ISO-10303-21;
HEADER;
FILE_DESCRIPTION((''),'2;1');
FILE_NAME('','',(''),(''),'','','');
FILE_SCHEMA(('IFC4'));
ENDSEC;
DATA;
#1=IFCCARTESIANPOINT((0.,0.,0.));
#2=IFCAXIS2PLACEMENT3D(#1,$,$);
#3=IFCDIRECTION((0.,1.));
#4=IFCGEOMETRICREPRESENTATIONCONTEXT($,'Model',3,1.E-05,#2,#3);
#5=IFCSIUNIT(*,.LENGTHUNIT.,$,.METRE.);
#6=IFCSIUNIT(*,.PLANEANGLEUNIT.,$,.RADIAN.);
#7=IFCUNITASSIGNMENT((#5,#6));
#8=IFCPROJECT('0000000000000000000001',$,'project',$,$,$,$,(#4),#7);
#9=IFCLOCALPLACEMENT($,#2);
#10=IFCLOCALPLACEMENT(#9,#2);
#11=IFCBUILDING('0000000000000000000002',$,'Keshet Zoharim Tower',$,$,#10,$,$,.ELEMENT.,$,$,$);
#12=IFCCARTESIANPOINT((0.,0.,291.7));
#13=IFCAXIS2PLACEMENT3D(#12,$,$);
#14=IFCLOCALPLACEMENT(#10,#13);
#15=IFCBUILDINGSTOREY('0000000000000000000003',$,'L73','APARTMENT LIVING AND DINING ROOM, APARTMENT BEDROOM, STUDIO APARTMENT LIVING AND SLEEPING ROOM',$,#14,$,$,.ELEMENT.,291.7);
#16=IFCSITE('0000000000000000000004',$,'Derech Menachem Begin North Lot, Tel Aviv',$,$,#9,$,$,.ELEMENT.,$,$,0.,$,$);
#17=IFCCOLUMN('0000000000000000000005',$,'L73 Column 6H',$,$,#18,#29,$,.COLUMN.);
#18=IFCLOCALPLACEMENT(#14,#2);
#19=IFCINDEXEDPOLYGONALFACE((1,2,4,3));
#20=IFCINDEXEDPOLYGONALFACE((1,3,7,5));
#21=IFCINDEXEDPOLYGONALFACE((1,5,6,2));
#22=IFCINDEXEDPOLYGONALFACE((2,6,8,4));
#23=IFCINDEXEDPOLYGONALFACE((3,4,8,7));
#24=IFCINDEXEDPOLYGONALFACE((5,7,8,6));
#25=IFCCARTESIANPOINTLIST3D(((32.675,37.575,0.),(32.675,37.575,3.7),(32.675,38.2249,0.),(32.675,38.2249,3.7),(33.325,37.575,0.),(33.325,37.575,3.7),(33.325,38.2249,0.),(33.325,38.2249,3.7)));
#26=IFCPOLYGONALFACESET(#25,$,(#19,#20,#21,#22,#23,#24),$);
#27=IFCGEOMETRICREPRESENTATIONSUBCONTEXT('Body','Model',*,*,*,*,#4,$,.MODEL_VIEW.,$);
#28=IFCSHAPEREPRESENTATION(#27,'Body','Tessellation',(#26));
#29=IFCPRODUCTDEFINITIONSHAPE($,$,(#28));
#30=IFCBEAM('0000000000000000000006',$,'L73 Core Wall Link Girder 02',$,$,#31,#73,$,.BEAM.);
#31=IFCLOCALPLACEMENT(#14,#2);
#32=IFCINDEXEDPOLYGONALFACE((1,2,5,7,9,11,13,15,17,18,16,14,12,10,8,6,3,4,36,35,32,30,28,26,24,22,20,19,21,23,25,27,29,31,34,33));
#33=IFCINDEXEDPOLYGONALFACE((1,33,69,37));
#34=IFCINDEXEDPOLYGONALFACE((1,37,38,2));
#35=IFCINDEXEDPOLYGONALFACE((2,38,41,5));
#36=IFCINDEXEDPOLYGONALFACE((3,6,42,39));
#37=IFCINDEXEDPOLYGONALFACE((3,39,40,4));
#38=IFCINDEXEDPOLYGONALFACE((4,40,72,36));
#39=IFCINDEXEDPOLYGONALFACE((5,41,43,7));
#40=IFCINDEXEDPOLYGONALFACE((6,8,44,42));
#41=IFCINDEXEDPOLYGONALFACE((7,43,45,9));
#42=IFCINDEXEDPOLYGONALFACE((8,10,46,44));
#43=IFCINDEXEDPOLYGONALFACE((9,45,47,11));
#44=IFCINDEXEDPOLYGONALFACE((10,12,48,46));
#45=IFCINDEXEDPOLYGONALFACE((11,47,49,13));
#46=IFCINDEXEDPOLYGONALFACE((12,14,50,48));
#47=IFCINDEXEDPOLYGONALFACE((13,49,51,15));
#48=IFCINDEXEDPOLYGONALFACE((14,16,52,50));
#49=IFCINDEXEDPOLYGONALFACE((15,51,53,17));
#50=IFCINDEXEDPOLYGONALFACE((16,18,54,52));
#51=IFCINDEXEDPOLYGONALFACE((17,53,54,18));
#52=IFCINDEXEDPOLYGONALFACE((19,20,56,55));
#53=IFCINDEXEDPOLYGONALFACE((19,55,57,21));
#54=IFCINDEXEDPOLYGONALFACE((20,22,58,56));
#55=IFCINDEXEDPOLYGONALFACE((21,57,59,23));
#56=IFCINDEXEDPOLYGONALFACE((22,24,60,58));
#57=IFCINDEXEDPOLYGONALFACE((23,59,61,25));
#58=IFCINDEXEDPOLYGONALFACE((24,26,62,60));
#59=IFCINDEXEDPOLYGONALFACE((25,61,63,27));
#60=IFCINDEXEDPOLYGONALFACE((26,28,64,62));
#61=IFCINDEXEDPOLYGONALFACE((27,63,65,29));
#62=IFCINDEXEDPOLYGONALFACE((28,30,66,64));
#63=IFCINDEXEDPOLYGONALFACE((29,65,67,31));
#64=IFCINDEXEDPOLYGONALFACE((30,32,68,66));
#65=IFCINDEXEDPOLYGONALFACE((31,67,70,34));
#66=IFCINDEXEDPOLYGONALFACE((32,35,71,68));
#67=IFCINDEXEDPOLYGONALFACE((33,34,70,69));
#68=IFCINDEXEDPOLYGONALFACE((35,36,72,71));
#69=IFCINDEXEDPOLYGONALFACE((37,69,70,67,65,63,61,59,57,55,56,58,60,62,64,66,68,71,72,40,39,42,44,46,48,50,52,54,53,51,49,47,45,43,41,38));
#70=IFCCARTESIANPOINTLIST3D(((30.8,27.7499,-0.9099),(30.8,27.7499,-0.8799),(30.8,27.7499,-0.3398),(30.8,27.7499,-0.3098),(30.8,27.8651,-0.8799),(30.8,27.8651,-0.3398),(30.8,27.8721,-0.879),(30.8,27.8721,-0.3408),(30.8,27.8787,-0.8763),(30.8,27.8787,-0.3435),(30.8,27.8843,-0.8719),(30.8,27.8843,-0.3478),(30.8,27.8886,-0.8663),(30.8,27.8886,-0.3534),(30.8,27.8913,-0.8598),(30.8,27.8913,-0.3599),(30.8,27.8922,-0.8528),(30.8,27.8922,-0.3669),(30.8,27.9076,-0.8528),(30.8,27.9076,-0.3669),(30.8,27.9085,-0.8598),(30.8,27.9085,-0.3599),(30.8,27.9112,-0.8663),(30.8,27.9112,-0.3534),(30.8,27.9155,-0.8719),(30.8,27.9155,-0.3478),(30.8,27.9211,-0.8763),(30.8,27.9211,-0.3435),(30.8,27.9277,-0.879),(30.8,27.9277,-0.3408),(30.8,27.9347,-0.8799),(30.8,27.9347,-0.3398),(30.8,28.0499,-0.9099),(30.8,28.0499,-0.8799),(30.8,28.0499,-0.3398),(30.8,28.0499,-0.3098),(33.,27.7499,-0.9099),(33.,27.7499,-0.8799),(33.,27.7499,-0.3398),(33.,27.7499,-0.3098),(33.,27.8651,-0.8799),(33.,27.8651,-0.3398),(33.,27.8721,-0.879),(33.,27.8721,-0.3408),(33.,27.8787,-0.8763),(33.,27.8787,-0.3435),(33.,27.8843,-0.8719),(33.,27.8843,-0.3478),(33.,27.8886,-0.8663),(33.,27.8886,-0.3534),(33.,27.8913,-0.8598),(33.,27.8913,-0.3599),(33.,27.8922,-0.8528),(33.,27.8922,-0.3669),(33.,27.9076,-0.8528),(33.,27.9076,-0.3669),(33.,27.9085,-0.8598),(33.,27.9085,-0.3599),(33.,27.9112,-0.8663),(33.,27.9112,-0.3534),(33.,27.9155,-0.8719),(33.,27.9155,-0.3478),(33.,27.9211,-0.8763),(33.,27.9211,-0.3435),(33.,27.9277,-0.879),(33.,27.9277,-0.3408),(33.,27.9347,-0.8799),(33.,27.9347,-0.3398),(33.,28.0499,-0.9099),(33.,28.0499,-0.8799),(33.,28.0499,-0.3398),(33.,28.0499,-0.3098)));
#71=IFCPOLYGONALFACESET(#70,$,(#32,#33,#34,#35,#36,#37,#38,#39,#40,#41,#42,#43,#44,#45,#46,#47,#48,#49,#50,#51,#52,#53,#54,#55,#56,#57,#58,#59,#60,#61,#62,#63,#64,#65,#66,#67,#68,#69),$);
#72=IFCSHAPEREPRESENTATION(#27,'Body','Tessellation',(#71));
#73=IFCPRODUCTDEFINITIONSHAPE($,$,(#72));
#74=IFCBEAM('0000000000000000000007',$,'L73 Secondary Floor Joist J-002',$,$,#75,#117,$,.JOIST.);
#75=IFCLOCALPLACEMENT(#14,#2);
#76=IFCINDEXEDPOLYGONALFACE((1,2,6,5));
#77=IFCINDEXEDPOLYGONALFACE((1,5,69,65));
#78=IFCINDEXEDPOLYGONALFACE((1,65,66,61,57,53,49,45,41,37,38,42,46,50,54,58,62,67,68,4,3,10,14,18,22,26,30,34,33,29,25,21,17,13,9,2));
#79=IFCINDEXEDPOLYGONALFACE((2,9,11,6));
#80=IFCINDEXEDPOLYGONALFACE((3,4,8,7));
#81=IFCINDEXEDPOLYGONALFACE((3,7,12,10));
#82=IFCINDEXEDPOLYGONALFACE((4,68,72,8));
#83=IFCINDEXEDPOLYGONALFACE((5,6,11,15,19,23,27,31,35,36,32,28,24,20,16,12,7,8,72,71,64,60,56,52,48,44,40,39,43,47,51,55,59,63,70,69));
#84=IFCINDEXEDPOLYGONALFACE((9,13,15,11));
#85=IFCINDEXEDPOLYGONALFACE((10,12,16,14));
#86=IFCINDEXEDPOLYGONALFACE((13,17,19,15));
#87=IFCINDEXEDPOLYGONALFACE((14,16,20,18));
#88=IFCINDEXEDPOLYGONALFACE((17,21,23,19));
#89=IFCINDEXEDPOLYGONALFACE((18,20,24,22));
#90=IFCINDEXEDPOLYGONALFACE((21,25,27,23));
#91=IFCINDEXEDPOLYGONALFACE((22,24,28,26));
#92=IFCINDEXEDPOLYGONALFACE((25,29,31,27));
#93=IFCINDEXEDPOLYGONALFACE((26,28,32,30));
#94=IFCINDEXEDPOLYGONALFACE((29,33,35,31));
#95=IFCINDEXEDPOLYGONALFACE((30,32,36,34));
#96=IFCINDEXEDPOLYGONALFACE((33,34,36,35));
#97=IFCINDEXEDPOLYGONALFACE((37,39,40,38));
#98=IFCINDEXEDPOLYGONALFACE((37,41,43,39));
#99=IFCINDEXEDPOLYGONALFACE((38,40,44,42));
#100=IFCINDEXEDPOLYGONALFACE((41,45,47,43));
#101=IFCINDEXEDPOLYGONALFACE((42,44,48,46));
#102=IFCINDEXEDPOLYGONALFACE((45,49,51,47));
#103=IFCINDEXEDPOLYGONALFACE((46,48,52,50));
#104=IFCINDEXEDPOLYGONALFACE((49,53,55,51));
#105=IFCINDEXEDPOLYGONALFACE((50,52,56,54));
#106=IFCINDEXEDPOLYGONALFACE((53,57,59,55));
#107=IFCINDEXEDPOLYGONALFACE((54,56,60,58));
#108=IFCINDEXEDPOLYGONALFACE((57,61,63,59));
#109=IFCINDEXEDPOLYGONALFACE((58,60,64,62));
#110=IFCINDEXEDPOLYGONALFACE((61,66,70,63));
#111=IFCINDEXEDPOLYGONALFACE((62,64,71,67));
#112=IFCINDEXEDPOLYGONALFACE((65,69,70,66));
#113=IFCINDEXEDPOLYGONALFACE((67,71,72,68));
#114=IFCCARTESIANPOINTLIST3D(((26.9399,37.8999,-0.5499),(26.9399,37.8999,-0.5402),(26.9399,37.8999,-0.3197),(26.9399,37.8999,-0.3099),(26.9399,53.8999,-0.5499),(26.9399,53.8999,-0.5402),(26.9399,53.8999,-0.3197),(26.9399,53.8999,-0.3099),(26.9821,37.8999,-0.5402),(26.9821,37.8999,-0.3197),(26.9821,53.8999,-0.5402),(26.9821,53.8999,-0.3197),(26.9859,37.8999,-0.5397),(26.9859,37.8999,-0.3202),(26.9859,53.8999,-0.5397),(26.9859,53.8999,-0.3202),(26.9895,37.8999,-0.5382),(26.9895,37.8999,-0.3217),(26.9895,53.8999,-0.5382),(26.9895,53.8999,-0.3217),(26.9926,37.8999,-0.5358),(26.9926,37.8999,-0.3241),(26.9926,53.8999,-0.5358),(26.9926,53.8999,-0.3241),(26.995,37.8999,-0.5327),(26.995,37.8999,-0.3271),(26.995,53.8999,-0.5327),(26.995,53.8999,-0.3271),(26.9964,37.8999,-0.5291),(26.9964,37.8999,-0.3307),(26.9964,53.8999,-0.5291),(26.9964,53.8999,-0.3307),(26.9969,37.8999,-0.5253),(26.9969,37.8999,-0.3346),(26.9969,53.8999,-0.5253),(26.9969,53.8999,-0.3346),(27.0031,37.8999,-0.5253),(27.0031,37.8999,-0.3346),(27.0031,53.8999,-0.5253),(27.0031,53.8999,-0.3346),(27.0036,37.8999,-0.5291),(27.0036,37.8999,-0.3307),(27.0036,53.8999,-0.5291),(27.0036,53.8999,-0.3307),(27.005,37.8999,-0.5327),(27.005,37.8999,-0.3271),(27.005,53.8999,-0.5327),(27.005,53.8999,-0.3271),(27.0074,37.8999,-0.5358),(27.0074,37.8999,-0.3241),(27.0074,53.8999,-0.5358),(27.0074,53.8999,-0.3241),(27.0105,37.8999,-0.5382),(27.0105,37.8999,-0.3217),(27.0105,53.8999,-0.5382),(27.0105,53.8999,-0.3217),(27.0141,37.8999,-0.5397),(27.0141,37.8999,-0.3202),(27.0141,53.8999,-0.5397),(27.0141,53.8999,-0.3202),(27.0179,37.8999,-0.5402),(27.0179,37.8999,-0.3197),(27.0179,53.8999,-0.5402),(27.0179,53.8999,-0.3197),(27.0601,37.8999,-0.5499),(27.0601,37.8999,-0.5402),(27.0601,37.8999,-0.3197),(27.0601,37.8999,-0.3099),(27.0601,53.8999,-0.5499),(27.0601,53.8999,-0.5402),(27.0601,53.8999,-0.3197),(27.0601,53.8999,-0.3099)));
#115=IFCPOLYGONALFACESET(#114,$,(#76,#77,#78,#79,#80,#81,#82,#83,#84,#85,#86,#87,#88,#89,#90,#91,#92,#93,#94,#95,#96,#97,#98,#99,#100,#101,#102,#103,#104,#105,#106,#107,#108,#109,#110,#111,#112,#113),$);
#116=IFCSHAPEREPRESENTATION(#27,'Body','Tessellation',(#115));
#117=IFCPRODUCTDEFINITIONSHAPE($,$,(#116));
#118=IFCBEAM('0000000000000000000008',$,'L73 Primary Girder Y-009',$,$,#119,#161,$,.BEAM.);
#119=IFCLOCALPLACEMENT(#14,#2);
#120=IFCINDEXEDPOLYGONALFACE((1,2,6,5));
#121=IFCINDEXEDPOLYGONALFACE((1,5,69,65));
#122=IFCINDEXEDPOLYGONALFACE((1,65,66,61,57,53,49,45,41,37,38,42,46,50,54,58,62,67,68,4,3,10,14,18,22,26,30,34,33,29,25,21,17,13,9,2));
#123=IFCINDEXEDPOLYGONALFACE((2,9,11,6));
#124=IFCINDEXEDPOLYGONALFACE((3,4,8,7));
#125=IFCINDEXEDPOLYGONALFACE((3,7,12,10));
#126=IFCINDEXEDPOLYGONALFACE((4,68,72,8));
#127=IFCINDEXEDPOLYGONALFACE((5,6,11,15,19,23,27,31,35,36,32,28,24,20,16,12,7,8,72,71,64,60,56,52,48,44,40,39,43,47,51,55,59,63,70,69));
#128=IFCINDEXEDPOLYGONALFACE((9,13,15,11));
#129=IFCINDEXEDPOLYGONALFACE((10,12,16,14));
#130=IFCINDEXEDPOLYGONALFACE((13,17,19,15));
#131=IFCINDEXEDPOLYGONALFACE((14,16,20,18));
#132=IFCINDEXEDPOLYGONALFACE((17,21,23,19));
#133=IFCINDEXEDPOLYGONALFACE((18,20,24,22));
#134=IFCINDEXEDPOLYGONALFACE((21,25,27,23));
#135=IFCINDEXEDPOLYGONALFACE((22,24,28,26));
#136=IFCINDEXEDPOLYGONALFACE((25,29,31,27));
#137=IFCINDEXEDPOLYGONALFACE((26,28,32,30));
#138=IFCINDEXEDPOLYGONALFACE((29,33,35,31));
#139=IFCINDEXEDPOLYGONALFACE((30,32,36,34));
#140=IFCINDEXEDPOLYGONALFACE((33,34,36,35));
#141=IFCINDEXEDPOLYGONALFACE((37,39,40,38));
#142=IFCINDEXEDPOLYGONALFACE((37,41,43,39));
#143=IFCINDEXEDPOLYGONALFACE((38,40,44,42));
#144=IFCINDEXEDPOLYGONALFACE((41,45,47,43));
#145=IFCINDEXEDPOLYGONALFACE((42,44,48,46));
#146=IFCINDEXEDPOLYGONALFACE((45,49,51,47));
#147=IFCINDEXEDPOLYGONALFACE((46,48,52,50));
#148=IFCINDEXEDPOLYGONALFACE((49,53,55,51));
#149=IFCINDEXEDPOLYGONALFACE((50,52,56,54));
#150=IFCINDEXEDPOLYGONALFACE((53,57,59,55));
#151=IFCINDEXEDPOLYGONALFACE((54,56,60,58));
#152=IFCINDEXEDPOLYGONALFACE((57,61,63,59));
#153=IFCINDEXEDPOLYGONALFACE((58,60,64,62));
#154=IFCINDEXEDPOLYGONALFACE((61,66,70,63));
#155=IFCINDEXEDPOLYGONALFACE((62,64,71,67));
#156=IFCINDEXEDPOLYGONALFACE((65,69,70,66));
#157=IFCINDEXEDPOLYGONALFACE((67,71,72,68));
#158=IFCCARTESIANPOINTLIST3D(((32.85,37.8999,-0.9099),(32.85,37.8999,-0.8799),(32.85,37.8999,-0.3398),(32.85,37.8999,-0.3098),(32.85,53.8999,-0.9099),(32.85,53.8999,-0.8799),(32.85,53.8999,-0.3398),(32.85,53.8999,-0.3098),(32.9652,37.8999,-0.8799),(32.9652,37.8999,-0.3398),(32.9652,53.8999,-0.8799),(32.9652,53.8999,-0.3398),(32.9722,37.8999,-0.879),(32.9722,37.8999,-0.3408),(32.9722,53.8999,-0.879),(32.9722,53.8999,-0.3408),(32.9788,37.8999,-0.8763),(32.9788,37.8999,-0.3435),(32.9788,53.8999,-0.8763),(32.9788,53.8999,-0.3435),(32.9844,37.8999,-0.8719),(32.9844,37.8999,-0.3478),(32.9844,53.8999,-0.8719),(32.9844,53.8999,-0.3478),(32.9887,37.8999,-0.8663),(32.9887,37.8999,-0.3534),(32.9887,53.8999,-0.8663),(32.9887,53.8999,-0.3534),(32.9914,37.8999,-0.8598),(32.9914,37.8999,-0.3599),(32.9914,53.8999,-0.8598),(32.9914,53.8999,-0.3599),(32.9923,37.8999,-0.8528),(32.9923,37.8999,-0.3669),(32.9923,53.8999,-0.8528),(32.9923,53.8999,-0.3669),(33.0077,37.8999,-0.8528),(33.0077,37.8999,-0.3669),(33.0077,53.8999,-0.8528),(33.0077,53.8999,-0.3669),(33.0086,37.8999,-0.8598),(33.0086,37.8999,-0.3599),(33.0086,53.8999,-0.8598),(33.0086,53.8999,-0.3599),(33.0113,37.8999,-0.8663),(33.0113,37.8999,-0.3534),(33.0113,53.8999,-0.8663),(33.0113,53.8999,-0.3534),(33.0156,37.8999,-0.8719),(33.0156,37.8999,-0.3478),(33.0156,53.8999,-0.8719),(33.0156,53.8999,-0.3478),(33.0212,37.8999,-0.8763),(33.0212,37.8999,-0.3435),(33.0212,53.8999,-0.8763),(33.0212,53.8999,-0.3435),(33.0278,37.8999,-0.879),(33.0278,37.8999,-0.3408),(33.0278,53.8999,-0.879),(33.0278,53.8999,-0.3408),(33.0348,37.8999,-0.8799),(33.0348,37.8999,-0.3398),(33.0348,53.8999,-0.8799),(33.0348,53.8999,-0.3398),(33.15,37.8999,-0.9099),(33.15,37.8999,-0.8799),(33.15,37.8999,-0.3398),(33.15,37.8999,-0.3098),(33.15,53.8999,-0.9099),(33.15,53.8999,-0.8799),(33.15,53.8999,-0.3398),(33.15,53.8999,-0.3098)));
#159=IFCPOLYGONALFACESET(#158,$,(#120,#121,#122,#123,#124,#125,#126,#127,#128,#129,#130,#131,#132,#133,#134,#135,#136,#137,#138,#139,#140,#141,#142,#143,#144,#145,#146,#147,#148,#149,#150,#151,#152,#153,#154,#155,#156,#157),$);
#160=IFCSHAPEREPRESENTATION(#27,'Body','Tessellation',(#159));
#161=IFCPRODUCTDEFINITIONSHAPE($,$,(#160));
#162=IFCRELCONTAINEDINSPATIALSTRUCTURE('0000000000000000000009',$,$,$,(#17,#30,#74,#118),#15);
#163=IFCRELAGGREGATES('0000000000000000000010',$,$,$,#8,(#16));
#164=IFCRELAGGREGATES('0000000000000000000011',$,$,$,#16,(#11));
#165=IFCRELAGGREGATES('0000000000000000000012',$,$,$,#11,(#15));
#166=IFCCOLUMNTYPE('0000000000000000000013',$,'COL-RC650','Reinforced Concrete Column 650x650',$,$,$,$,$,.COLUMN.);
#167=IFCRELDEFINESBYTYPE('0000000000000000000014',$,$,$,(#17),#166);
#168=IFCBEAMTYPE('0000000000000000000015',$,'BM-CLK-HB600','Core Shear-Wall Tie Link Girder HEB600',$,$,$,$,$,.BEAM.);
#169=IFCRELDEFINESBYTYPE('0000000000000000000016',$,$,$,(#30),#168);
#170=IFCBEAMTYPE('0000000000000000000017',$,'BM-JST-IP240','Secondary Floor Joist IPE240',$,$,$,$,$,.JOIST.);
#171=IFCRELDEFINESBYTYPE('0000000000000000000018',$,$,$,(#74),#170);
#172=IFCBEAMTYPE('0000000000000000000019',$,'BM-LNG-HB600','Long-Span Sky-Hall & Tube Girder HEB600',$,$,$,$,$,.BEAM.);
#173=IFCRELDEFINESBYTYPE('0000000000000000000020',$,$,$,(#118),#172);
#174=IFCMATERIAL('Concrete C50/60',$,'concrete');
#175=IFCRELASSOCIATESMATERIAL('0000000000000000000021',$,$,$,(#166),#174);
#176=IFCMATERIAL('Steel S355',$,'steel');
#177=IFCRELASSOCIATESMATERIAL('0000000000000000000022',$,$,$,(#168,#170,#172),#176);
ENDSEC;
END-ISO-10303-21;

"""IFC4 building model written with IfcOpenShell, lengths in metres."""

from ifc_helpers import new_model, si_unit, direction, frame, origin, origin_2d, place, context, subcontext, project, spatial, rectangle, i_section, extrude, material, material_profile, profile_set, type_object, element, save


model = new_model("IFC4")

# Units and contexts
model_context = context("Model", 3, precision=1e-05, world=origin(), true_north=direction((0.0, 1.0)))
body_context = subcontext(model_context, "Body", "Model", "MODEL_VIEW")
ifc_project = project(units=[si_unit("LENGTHUNIT", "METRE"), si_unit("PLANEANGLEUNIT", "RADIAN")], contexts=[model_context])

# Site, building, storey
site_placement = place(None, origin())
site = spatial("IfcSite", under=ifc_project, at=site_placement, Name="Derech Menachem Begin North Lot, Tel Aviv", CompositionType="ELEMENT", RefElevation=0.0)
building_placement = place(site_placement, origin())
building = spatial("IfcBuilding", under=site, at=building_placement, Name="Keshet Zoharim Tower", CompositionType="ELEMENT")
storey_placement = place(building_placement, frame((0.0, 0.0, 291.7)))
storey = spatial("IfcBuildingStorey", under=building, at=storey_placement, Name="L73", Description="APARTMENT LIVING AND DINING ROOM, APARTMENT BEDROOM, STUDIO APARTMENT LIVING AND SLEEPING ROOM", CompositionType="ELEMENT", Elevation=291.7)

# Column
ifc_material_1 = material(Name="Concrete C50/60", Category="concrete")
ifc_material_profile_1 = material_profile(ifc_material_1, rectangle(XDim=0.6499, YDim=0.6499, at=origin_2d()), Name="RC650x650")
ifc_profile_set_1 = profile_set([ifc_material_profile_1], Name="Concrete C50/60")
column_type = type_object("IfcColumnType", Name="COL-RC650", Description="Reinforced Concrete Column 650x650", PredefinedType="COLUMN", material=ifc_profile_set_1)
column_placement = place(storey_placement, frame((33.0, 37.8999, 0.0), z_axis=(0.0, 0.0, 1.0), x_axis=(1.0, 0.0, 0.0)))
element("IfcColumn", 1, at=column_placement, inside=storey, type_object=column_type, Name="L73 Column 6H", PredefinedType="COLUMN", context=body_context, shape_type="SweptSolid", body=[
    extrude(rectangle(XDim=0.6499, YDim=0.6499, at=origin_2d()), origin(), (0.0, 0.0, 1.0), 3.7),
])

# Beams
ifc_material_2 = material(Name="Steel S355", Category="steel")
ifc_material_profile_2 = material_profile(ifc_material_2, i_section(OverallWidth=0.3, OverallDepth=0.6001, WebThickness=0.0154, FlangeThickness=0.03, FilletRadius=0.0271, at=origin_2d()), Name="HEB600")
ifc_profile_set_2 = profile_set([ifc_material_profile_2], Name="Steel S355")
beam_type_1 = type_object("IfcBeamType", Name="BM-CLK-HB600", Description="Core Shear-Wall Tie Link Girder HEB600", PredefinedType="BEAM", material=ifc_profile_set_2)
beam_1_placement = place(storey_placement, frame((30.8, 27.8999, -0.6099), z_axis=(1.0, 0.0, 0.0), x_axis=(0.0, 1.0, 0.0)))
element("IfcBeam", 2, at=beam_1_placement, inside=storey, type_object=beam_type_1, Name="L73 Core Wall Link Girder 02", PredefinedType="BEAM", context=body_context, shape_type="SweptSolid", body=[
    extrude(i_section(OverallWidth=0.3, OverallDepth=0.6001, WebThickness=0.0154, FlangeThickness=0.03, FilletRadius=0.0271, at=origin_2d()), origin(), (0.0, 0.0, 1.0), 2.2),
])
ifc_material_profile_3 = material_profile(ifc_material_2, i_section(OverallWidth=0.1201, OverallDepth=0.24, WebThickness=0.0061, FlangeThickness=0.0098, FilletRadius=0.0149, at=origin_2d()), Name="IPE240")
ifc_profile_set_3 = profile_set([ifc_material_profile_3], Name="Steel S355")
beam_type_2 = type_object("IfcBeamType", Name="BM-JST-IP240", Description="Secondary Floor Joist IPE240", PredefinedType="JOIST", material=ifc_profile_set_3)
beam_2_placement = place(storey_placement, frame((27.0, 37.8999, -0.4299), z_axis=(0.0, 1.0, 0.0), x_axis=(-1.0, 0.0, 0.0)))
element("IfcBeam", 3, at=beam_2_placement, inside=storey, type_object=beam_type_2, Name="L73 Secondary Floor Joist J-002", PredefinedType="JOIST", context=body_context, shape_type="SweptSolid", body=[
    extrude(i_section(OverallWidth=0.1201, OverallDepth=0.24, WebThickness=0.0061, FlangeThickness=0.0098, FilletRadius=0.0149, at=origin_2d()), origin(), (0.0, 0.0, 1.0), 16.0),
])
ifc_material_profile_4 = material_profile(ifc_material_2, i_section(OverallWidth=0.3, OverallDepth=0.6001, WebThickness=0.0154, FlangeThickness=0.03, FilletRadius=0.0271, at=origin_2d()), Name="HEB600")
ifc_profile_set_4 = profile_set([ifc_material_profile_4], Name="Steel S355")
beam_type_3 = type_object("IfcBeamType", Name="BM-LNG-HB600", Description="Long-Span Sky-Hall & Tube Girder HEB600", PredefinedType="BEAM", material=ifc_profile_set_4)
beam_3_placement = place(storey_placement, frame((33.0, 37.8999, -0.6099), z_axis=(0.0, 1.0, 0.0), x_axis=(-1.0, 0.0, 0.0)))
element("IfcBeam", 4, at=beam_3_placement, inside=storey, type_object=beam_type_3, Name="L73 Primary Girder Y-009", PredefinedType="BEAM", context=body_context, shape_type="SweptSolid", body=[
    extrude(i_section(OverallWidth=0.3, OverallDepth=0.6001, WebThickness=0.0154, FlangeThickness=0.03, FilletRadius=0.0271, at=origin_2d()), origin(), (0.0, 0.0, 1.0), 16.0),
])

save(model, "model.ifc")
